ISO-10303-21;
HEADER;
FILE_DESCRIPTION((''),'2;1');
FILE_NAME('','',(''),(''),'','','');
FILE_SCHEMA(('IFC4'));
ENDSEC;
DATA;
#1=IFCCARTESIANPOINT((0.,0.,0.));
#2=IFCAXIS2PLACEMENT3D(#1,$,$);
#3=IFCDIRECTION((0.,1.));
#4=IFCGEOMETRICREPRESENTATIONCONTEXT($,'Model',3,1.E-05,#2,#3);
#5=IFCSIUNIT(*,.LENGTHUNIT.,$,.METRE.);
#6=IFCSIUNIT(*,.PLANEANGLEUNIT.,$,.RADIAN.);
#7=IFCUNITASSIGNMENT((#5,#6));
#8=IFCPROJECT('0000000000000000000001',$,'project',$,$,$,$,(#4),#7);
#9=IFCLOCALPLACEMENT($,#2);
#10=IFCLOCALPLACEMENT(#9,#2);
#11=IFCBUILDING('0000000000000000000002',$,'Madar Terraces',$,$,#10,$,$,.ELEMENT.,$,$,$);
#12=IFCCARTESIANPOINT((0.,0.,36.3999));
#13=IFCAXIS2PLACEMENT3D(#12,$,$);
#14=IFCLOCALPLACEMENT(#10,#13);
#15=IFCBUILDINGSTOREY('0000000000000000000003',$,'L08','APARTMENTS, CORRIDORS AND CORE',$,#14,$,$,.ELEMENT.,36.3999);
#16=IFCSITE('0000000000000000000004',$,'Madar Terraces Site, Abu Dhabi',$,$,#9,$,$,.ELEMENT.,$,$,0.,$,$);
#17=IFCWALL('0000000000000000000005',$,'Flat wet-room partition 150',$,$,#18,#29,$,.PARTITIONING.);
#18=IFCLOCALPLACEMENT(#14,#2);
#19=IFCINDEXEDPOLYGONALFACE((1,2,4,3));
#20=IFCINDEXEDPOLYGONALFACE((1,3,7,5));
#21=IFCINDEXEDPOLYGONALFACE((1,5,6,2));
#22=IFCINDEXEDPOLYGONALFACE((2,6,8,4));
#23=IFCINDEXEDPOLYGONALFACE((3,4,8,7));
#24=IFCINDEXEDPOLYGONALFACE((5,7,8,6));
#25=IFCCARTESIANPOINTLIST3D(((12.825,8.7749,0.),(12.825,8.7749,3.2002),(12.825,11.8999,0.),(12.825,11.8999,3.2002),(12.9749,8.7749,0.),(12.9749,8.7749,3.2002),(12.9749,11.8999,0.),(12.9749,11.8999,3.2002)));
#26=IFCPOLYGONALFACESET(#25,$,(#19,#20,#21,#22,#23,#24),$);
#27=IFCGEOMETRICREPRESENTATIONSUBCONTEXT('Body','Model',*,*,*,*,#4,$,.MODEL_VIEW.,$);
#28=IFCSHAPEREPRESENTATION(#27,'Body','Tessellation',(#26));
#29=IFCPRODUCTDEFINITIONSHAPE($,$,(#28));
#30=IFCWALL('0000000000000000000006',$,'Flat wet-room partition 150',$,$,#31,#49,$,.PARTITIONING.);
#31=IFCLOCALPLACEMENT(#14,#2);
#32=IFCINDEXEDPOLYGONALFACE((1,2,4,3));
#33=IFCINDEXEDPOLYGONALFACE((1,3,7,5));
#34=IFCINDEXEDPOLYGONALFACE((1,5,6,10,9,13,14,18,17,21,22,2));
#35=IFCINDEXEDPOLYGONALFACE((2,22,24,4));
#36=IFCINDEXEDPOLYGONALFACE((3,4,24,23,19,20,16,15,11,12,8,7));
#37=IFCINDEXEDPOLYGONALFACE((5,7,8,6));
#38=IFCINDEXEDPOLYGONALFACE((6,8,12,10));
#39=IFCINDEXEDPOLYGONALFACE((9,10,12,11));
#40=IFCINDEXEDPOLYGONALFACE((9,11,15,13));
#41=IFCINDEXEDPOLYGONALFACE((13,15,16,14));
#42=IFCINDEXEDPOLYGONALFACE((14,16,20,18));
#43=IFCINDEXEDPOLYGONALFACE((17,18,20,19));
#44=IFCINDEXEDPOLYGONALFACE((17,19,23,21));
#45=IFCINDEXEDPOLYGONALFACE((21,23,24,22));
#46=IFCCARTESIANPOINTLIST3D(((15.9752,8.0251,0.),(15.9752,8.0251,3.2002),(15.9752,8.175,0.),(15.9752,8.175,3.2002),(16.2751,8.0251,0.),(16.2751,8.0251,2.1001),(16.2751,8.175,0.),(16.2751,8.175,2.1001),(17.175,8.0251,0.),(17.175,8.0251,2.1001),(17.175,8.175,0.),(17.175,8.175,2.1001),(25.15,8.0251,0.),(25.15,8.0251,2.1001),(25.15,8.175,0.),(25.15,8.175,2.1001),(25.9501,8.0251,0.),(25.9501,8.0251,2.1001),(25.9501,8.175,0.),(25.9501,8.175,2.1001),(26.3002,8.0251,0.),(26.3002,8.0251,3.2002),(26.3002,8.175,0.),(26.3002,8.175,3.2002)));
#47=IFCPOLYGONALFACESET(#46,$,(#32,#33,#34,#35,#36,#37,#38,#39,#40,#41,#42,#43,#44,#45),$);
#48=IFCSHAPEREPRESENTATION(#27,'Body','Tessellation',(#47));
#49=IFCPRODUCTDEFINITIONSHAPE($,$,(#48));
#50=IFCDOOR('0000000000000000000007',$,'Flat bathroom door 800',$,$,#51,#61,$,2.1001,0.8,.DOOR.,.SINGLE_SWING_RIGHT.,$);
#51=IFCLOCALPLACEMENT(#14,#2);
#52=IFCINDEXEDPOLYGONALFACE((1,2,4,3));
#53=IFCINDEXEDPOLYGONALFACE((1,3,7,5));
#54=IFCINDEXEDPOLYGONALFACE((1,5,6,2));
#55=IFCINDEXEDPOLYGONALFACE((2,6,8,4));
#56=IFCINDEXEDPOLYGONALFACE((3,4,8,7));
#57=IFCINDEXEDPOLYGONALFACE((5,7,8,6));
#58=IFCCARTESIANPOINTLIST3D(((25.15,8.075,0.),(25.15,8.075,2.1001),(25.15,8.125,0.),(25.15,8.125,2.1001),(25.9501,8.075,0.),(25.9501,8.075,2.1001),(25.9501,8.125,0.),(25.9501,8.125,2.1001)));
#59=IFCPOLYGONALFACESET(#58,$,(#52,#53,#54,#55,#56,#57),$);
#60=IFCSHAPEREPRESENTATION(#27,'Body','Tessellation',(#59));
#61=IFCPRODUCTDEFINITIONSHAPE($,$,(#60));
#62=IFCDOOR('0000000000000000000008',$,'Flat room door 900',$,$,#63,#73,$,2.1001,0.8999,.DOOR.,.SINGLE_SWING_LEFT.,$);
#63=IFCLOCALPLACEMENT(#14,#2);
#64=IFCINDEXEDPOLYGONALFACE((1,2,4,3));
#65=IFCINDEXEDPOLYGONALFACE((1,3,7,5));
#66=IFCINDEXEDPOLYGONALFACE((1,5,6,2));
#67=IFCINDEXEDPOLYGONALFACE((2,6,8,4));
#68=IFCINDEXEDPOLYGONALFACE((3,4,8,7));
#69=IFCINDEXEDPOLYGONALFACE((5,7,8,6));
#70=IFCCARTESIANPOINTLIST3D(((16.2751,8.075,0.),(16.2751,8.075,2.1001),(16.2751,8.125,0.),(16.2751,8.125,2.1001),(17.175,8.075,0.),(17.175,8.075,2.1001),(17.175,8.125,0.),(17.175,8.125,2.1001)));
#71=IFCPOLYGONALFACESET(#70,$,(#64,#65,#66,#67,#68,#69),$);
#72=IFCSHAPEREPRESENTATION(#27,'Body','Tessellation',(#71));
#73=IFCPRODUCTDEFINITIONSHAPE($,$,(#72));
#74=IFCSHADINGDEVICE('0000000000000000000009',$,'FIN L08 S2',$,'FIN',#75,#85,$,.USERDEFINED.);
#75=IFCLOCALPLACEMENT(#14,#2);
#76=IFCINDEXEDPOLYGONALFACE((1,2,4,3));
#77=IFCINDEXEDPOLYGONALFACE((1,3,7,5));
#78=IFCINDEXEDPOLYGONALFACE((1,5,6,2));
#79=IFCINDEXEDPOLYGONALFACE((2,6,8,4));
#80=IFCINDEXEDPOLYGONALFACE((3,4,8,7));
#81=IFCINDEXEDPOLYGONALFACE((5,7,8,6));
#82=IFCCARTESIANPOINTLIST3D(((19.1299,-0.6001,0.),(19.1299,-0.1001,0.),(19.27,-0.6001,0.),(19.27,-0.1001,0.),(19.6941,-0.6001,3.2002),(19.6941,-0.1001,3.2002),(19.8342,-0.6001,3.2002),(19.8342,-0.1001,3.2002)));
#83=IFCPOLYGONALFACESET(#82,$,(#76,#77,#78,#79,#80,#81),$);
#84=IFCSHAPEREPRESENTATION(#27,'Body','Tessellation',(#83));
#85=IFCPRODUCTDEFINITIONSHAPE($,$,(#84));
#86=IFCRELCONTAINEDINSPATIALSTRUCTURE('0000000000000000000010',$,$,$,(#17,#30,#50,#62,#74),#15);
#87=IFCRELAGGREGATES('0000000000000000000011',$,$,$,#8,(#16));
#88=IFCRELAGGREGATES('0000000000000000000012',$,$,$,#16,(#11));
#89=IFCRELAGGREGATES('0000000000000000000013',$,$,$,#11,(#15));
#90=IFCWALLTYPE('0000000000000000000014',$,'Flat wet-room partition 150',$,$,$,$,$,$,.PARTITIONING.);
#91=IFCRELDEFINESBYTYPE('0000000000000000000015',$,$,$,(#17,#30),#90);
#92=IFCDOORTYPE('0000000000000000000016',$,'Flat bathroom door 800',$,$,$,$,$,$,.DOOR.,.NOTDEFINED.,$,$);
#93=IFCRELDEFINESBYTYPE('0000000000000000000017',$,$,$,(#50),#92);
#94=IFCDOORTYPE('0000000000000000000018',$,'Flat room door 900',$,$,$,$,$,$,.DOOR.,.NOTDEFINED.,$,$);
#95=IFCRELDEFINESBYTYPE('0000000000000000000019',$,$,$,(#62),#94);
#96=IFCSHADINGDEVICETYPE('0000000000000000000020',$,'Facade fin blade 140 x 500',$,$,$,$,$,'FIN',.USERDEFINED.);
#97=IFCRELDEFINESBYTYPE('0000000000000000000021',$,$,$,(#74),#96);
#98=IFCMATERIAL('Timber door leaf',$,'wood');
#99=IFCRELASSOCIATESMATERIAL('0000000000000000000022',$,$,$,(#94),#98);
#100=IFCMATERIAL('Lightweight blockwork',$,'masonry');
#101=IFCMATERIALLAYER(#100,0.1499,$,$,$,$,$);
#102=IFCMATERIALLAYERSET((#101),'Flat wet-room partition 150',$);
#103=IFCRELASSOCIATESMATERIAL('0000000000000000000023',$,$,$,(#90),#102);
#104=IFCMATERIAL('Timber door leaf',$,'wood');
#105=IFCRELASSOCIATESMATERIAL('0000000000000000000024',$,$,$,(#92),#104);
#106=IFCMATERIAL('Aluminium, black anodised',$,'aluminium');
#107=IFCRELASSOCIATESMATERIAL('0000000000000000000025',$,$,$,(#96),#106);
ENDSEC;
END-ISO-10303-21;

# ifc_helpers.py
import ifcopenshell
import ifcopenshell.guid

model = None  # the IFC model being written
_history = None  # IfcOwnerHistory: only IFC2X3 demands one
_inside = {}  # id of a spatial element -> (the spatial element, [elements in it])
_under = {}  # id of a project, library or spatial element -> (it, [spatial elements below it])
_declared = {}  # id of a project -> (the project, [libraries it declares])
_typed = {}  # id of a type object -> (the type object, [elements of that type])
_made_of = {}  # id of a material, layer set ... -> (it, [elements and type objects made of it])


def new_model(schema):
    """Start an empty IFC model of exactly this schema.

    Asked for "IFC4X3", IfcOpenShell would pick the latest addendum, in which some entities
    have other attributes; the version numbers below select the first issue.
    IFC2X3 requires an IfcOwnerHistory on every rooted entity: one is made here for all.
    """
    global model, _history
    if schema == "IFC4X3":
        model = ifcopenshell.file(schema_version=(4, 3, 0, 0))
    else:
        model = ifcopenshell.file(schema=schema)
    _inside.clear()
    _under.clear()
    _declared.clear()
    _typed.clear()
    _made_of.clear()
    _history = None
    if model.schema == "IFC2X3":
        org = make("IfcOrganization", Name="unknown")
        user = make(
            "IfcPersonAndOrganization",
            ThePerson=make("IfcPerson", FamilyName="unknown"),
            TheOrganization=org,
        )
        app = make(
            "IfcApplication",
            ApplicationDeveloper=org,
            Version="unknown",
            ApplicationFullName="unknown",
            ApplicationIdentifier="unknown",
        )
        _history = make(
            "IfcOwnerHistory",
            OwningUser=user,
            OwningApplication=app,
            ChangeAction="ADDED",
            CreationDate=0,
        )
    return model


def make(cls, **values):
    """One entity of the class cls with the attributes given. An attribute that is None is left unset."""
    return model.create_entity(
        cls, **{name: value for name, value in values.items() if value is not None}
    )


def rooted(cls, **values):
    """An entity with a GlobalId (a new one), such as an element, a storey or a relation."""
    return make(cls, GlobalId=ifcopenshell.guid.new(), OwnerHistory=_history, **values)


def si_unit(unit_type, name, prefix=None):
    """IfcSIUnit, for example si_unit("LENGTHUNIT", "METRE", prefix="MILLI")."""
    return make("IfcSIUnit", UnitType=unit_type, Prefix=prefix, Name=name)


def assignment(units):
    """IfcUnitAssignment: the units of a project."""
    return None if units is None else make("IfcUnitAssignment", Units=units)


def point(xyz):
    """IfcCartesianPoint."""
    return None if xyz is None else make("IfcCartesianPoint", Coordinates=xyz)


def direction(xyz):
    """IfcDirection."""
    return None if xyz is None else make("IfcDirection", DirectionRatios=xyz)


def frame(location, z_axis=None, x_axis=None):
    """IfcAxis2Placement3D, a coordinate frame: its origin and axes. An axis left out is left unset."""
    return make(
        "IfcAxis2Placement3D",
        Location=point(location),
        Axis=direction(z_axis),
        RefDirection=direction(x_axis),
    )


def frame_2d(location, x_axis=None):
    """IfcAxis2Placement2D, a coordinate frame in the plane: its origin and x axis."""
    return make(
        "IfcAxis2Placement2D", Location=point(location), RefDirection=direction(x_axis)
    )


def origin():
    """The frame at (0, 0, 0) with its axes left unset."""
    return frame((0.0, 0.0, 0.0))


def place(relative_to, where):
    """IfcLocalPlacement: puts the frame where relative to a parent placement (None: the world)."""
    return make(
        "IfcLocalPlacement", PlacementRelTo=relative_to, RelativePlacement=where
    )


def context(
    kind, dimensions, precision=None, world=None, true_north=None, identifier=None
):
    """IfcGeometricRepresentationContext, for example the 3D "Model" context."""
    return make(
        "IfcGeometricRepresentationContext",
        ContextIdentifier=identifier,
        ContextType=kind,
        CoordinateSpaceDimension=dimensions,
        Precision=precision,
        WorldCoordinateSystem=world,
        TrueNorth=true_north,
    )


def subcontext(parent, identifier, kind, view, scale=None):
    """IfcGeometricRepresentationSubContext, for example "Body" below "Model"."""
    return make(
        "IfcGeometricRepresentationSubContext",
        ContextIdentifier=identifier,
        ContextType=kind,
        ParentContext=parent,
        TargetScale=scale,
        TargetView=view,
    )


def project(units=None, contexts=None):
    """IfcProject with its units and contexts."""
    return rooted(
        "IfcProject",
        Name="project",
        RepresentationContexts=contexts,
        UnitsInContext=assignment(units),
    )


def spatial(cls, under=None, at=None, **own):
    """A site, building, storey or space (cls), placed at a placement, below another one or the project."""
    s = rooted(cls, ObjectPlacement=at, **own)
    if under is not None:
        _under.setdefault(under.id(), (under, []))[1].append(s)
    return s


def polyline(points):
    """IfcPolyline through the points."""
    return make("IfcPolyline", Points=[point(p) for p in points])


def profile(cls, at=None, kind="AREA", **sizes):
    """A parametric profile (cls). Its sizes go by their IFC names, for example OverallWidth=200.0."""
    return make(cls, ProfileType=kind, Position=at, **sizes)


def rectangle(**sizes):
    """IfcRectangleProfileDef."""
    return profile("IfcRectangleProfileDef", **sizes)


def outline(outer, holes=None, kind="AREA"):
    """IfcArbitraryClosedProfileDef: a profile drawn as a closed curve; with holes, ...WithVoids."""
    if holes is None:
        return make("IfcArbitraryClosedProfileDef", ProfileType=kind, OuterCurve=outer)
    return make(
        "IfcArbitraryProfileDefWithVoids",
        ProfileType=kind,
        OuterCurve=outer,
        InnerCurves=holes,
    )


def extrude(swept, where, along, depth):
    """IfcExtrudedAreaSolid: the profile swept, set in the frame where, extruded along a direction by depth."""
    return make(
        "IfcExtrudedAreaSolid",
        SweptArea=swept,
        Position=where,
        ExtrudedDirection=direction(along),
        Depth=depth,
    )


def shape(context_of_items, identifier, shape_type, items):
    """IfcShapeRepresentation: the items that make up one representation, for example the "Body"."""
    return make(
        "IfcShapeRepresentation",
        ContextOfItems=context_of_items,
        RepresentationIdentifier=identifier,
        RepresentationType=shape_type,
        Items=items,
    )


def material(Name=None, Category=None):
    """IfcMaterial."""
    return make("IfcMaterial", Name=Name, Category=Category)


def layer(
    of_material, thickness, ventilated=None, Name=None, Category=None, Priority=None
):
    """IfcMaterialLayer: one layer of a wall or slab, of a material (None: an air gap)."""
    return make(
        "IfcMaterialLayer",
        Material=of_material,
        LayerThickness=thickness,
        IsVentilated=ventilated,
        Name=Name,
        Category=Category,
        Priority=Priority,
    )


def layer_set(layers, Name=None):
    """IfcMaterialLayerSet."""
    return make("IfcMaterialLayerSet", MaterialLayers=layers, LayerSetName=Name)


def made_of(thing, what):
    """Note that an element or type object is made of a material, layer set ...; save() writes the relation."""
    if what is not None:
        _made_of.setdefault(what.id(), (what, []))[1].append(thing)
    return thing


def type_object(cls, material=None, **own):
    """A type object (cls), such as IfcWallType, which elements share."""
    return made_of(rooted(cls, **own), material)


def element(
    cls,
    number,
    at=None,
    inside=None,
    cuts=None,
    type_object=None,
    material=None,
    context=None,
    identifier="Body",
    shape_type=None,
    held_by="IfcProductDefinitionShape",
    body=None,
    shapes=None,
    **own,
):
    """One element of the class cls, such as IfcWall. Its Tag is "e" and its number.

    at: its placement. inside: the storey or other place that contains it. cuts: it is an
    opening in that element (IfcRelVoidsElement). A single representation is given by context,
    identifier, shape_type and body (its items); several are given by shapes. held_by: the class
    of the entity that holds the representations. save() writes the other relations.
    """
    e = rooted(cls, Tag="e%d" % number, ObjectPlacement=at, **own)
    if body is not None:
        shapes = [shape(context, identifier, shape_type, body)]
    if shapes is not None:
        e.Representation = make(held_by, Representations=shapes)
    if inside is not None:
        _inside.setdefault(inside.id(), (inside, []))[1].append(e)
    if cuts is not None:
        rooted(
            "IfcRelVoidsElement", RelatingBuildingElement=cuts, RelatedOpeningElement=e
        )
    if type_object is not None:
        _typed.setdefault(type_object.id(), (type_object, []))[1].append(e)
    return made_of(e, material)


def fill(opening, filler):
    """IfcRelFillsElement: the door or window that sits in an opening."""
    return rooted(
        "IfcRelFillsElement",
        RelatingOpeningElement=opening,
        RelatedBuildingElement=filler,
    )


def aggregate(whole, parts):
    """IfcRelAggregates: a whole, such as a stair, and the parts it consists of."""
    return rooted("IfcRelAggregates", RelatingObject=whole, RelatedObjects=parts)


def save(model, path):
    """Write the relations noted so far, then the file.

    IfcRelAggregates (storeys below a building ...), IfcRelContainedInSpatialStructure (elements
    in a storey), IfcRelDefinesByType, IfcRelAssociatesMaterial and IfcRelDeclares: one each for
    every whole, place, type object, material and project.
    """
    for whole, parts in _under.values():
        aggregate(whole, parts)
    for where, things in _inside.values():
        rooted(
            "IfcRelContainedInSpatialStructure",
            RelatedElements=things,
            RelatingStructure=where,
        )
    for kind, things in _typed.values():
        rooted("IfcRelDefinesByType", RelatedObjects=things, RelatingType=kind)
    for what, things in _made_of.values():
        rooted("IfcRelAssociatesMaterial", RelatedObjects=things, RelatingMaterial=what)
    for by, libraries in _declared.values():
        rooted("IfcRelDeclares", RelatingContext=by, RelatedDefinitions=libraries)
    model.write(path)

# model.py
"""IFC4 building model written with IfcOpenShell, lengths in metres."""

from ifc_helpers import new_model, si_unit, direction, frame, frame_2d, origin, place, context, subcontext, project, spatial, polyline, rectangle, outline, extrude, material, layer, layer_set, type_object, element, fill, save


model = new_model("IFC4")

# Units and contexts
model_context = context("Model", 3, precision=1e-05, world=origin(), true_north=direction((0.0, 1.0)))
body_context = subcontext(model_context, "Body", "Model", "MODEL_VIEW")
ifc_project = project(units=[si_unit("LENGTHUNIT", "METRE"), si_unit("PLANEANGLEUNIT", "RADIAN")], contexts=[model_context])

# Site, building, storey
site_placement = place(None, origin())
site = spatial("IfcSite", under=ifc_project, at=site_placement, Name="Madar Terraces Site, Abu Dhabi", CompositionType="ELEMENT", RefElevation=0.0)
building_placement = place(site_placement, origin())
building = spatial("IfcBuilding", under=site, at=building_placement, Name="Madar Terraces", CompositionType="ELEMENT")
storey_placement = place(building_placement, frame((0.0, 0.0, 36.3999)))
storey = spatial("IfcBuildingStorey", under=building, at=storey_placement, Name="L08", Description="APARTMENTS, CORRIDORS AND CORE", CompositionType="ELEMENT", Elevation=36.3999)

# Shared definitions
ifc_material_1 = material(Name="Timber door leaf", Category="wood")
door_type_1 = type_object("IfcDoorType", Name="Flat room door 900", OperationType="NOTDEFINED", PredefinedType="DOOR", material=ifc_material_1)

# Wall
ifc_material_2 = material(Name="Lightweight blockwork", Category="masonry")
ifc_layer_1 = layer(ifc_material_2, 0.1499)
ifc_layer_set_1 = layer_set([ifc_layer_1], Name="Flat wet-room partition 150")
wall_type_1 = type_object("IfcWallType", Name="Flat wet-room partition 150", PredefinedType="PARTITIONING", material=ifc_layer_set_1)
wall_1_placement = place(storey_placement, frame((12.8999, 11.8999, 0.0), z_axis=(0.0, 0.0, 1.0), x_axis=(0.0, -1.0, 0.0)))
element("IfcWall", 1, at=wall_1_placement, inside=storey, type_object=wall_type_1, Name="Flat wet-room partition 150", PredefinedType="PARTITIONING", context=body_context, shape_type="SweptSolid", body=[
    extrude(rectangle(XDim=3.125, YDim=0.1499, at=frame_2d((1.5625, 0.0))), origin(), (0.0, 0.0, 1.0), 3.2002),
])

# Wall, openings, doors
wall_2_placement = place(storey_placement, frame((15.9751, 8.1001, 0.0), z_axis=(0.0, 0.0, 1.0), x_axis=(1.0, 0.0, 0.0)))
wall_2 = element("IfcWall", 2, at=wall_2_placement, inside=storey, type_object=wall_type_1, Name="Flat wet-room partition 150", PredefinedType="PARTITIONING", context=body_context, shape_type="SweptSolid", body=[
    extrude(rectangle(XDim=10.325, YDim=0.1499, at=frame_2d((5.1626, 0.0))), origin(), (0.0, 0.0, 1.0), 3.2002),
])
opening_1_placement = place(wall_2_placement, frame((0.3, 0.0, 0.0)))
opening_1 = element("IfcOpeningElement", 3, at=opening_1_placement, cuts=wall_2, PredefinedType="OPENING", context=body_context, shape_type="SweptSolid", body=[
    extrude(rectangle(XDim=0.8999, YDim=2.1001, at=frame_2d((0.45, 1.05))), frame((0.0, 0.085, 0.0), z_axis=(0.0, -1.0, 0.0), x_axis=(1.0, 0.0, 0.0)), (0.0, 0.0, 1.0), 0.1699),
])
opening_2_placement = place(wall_2_placement, frame((9.175, 0.0, 0.0)))
opening_2 = element("IfcOpeningElement", 4, at=opening_2_placement, cuts=wall_2, PredefinedType="OPENING", context=body_context, shape_type="SweptSolid", body=[
    extrude(rectangle(XDim=0.8, YDim=2.1001, at=frame_2d((0.3999, 1.05))), frame((0.0, 0.085, 0.0), z_axis=(0.0, -1.0, 0.0), x_axis=(1.0, 0.0, 0.0)), (0.0, 0.0, 1.0), 0.1699),
])
ifc_material_3 = material(Name="Timber door leaf", Category="wood")
door_type_2 = type_object("IfcDoorType", Name="Flat bathroom door 800", OperationType="NOTDEFINED", PredefinedType="DOOR", material=ifc_material_3)
door_1_placement = place(opening_2_placement, origin())
door_1 = element("IfcDoor", 5, at=door_1_placement, inside=storey, type_object=door_type_2, Name="Flat bathroom door 800", OperationType="SINGLE_SWING_RIGHT", OverallHeight=2.1001, OverallWidth=0.8, PredefinedType="DOOR", context=body_context, shape_type="SweptSolid", body=[
    extrude(rectangle(XDim=0.8, YDim=2.1001, at=frame_2d((0.3999, 1.05))), frame((0.0, 0.0249, 0.0), z_axis=(0.0, -1.0, 0.0), x_axis=(1.0, 0.0, 0.0)), (0.0, 0.0, 1.0), 0.05),
])
fill(opening_2, door_1)
door_2_placement = place(opening_1_placement, origin())
door_2 = element("IfcDoor", 6, at=door_2_placement, inside=storey, type_object=door_type_1, Name="Flat room door 900", OperationType="SINGLE_SWING_LEFT", OverallHeight=2.1001, OverallWidth=0.8999, PredefinedType="DOOR", context=body_context, shape_type="SweptSolid", body=[
    extrude(rectangle(XDim=0.8999, YDim=2.1001, at=frame_2d((0.45, 1.05))), frame((0.0, 0.0249, 0.0), z_axis=(0.0, -1.0, 0.0), x_axis=(1.0, 0.0, 0.0)), (0.0, 0.0, 1.0), 0.05),
])
fill(opening_1, door_2)

# Shading device
ifc_material_4 = material(Name="Aluminium, black anodised", Category="aluminium")
shading_device_type = type_object("IfcShadingDeviceType", Name="Facade fin blade 140 x 500", ElementType="FIN", PredefinedType="USERDEFINED", material=ifc_material_4)
shading_device_placement = place(storey_placement, frame((19.1299, -0.3501, 0.0), z_axis=(0.0, 0.0, 1.0), x_axis=(1.0, 0.0, 0.0)))
element("IfcShadingDevice", 7, at=shading_device_placement, inside=storey, type_object=shading_device_type, Name="FIN L08 S2", ObjectType="FIN", PredefinedType="USERDEFINED", context=body_context, shape_type="SweptSolid", body=[
    extrude(outline(polyline([(0.0, 0.0), (0.1401, 0.0), (0.7043, 3.2002), (0.5642, 3.2002), (0.0, 0.0)])), frame((0.0, 0.25, 0.0), z_axis=(0.0, -1.0, 0.0), x_axis=(1.0, 0.0, 0.0)), (0.0, 0.0, 1.0), 0.5),
])

save(model, "model.ifc")
